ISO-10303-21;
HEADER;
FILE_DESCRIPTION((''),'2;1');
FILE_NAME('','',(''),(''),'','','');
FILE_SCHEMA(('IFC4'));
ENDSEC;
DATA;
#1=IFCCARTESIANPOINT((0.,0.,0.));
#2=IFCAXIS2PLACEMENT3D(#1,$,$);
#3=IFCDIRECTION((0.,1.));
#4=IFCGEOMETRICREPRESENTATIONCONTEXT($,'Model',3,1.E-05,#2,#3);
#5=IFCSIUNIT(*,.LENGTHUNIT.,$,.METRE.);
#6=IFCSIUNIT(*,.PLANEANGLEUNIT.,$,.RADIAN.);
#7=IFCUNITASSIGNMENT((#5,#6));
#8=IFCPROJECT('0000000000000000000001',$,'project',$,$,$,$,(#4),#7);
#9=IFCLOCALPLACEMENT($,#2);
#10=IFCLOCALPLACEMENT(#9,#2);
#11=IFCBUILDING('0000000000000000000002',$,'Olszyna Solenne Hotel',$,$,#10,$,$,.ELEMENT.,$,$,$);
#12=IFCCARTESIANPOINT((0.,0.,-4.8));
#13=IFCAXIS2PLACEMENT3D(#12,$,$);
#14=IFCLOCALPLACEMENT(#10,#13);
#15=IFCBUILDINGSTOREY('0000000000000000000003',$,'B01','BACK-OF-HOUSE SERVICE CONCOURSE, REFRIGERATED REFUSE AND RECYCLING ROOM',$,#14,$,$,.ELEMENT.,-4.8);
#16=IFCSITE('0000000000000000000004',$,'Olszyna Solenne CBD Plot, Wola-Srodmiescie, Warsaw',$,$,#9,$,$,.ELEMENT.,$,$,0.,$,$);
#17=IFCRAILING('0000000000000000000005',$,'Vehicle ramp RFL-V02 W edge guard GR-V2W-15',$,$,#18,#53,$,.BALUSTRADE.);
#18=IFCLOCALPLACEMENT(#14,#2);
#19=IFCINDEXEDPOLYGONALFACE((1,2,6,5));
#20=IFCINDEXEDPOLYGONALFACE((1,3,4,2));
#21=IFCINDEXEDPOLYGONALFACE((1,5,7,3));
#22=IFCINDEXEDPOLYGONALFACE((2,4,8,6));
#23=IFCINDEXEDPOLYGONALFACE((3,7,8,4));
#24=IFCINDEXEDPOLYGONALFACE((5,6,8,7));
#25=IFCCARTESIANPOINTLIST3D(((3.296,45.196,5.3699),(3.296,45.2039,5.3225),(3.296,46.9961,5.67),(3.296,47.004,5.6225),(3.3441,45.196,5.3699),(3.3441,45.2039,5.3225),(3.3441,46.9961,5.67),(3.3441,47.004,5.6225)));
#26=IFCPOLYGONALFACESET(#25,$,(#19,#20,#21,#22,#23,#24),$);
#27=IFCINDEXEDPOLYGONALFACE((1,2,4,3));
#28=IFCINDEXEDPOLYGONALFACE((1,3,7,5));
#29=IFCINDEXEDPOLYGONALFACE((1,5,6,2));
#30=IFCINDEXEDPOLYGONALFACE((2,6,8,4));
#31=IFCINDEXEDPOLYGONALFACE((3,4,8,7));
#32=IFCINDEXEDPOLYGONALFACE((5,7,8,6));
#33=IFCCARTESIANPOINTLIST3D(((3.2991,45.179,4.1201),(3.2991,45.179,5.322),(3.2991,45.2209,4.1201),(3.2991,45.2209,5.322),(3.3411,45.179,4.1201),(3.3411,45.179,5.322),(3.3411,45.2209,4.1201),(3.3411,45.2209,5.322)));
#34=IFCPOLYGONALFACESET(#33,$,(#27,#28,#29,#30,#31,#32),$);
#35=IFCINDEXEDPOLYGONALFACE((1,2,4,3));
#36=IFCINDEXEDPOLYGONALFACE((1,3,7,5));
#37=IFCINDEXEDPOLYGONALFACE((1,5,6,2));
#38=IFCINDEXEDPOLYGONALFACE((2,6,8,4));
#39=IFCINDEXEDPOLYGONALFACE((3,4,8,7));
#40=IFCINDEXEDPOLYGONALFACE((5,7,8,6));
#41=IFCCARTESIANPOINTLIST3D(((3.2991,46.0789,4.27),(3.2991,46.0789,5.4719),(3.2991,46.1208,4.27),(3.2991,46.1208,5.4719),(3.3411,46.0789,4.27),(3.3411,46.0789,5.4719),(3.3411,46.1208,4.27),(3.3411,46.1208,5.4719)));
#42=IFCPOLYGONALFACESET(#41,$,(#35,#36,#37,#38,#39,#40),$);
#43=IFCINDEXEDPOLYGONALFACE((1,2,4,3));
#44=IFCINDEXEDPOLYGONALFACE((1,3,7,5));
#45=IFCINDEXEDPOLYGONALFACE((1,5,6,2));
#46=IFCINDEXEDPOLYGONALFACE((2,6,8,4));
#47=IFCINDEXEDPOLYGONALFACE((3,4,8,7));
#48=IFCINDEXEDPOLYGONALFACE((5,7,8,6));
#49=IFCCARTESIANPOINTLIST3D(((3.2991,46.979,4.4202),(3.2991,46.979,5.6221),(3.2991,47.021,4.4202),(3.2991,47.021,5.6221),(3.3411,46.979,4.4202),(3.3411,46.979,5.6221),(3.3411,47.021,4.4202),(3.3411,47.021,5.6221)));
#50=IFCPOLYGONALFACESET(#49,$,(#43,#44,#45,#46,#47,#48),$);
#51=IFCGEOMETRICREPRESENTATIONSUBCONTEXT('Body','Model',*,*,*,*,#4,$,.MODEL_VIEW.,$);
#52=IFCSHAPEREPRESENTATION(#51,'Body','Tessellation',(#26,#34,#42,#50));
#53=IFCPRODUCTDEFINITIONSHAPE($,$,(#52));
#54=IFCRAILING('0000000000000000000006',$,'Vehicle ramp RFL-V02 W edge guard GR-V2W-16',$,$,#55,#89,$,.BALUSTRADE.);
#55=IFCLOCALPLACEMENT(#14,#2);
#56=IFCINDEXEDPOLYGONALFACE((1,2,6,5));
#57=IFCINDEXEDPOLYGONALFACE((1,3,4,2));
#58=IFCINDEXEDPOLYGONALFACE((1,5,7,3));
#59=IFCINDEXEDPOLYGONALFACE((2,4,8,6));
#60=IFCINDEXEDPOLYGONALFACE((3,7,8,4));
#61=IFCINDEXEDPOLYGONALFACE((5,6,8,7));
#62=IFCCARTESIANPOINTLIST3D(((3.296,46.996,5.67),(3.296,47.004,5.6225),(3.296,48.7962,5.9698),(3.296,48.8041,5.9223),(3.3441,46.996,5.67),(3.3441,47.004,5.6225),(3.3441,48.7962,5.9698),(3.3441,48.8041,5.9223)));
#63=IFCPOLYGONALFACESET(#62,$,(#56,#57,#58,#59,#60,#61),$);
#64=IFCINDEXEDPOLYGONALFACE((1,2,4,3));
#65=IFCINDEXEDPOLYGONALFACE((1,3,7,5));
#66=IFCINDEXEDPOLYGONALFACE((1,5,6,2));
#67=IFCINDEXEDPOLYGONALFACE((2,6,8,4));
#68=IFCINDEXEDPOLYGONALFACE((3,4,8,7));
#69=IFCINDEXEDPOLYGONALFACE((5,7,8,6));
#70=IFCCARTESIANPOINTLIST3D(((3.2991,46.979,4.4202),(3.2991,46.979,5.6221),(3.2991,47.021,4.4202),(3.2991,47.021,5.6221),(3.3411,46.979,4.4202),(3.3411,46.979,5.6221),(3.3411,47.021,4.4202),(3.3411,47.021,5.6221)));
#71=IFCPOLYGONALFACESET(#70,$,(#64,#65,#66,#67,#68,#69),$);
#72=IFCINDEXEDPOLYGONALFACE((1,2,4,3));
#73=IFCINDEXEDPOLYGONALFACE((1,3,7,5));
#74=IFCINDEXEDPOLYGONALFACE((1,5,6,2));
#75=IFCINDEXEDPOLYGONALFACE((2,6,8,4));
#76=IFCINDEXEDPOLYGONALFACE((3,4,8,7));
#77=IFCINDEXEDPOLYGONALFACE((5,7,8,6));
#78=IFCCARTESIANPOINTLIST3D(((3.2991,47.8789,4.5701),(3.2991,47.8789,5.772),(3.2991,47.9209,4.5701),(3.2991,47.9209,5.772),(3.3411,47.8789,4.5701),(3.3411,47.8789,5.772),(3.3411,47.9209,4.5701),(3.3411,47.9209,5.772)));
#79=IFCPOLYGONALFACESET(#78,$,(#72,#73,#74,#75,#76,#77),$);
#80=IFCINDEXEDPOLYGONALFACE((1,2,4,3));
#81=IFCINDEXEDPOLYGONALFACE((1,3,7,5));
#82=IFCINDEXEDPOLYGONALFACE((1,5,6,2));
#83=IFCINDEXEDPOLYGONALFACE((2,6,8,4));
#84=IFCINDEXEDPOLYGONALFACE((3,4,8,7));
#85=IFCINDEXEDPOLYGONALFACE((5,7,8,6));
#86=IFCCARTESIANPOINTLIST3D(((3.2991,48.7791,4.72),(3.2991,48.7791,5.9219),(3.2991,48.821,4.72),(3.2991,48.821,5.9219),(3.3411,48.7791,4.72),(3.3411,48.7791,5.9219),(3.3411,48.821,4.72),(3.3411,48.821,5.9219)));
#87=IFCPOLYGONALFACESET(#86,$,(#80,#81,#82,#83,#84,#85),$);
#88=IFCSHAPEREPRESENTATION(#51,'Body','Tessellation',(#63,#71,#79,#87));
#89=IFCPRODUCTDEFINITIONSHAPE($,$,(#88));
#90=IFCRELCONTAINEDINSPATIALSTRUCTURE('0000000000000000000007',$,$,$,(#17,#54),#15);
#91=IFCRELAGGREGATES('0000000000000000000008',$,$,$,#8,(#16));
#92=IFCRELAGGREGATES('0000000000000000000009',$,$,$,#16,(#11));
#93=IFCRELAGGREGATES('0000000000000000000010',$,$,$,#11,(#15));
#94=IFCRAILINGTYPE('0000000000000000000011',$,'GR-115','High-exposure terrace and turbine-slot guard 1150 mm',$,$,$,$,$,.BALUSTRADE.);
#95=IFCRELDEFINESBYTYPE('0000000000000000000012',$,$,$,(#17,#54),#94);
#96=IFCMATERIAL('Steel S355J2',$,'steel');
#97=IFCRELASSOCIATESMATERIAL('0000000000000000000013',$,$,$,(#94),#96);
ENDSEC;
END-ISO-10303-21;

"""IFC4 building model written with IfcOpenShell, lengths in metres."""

from ifc_helpers import new_model, si_unit, direction, frame, origin, origin_2d, place, context, subcontext, project, spatial, rectangle, extrude, material, type_object, element, save


model = new_model("IFC4")

# Units and contexts
model_context = context("Model", 3, precision=1e-05, world=origin(), true_north=direction((0.0, 1.0)))
body_context = subcontext(model_context, "Body", "Model", "MODEL_VIEW")
ifc_project = project(units=[si_unit("LENGTHUNIT", "METRE"), si_unit("PLANEANGLEUNIT", "RADIAN")], contexts=[model_context])

# Site, building, storey
site_placement = place(None, origin())
site = spatial("IfcSite", under=ifc_project, at=site_placement, Name="Olszyna Solenne CBD Plot, Wola-Srodmiescie, Warsaw", CompositionType="ELEMENT", RefElevation=0.0)
building_placement = place(site_placement, origin())
building = spatial("IfcBuilding", under=site, at=building_placement, Name="Olszyna Solenne Hotel", CompositionType="ELEMENT")
storey_placement = place(building_placement, frame((0.0, 0.0, -4.8)))
storey = spatial("IfcBuildingStorey", under=building, at=storey_placement, Name="B01", Description="BACK-OF-HOUSE SERVICE CONCOURSE, REFRIGERATED REFUSE AND RECYCLING ROOM", CompositionType="ELEMENT", Elevation=-4.8)

# Shared definitions
ifc_material_1 = material(Name="Steel S355J2", Category="steel")

# Railings
railing_type = type_object("IfcRailingType", Name="GR-115", Description="High-exposure terrace and turbine-slot guard 1150 mm", PredefinedType="BALUSTRADE", material=ifc_material_1)
for number, where, name in (
    (1, (3.3201, 45.2, 4.1201), "Vehicle ramp RFL-V02 W edge guard GR-V2W-15"),
):
    element("IfcRailing", number, at=place(storey_placement, frame(where)), inside=storey, type_object=railing_type, Name=name, PredefinedType="BALUSTRADE", context=body_context, shape_type="SweptSolid", body=[
        extrude(rectangle(XDim=0.0481, YDim=0.0481, at=origin_2d()), frame((0.0, 0.0, 1.2261), z_axis=(0.0, 0.98639, 0.164421), x_axis=(-1.0, 0.0, 0.0)), (0.0, 0.0, 1.0), 1.825),
        extrude(rectangle(XDim=0.042, YDim=0.042, at=origin_2d()), origin(), (0.0, 0.0, 1.0), 1.2019),
        extrude(rectangle(XDim=0.042, YDim=0.042, at=origin_2d()), frame((0.0, 0.8999, 0.1499)), (0.0, 0.0, 1.0), 1.2019),
        extrude(rectangle(XDim=0.042, YDim=0.042, at=origin_2d()), frame((0.0, 1.8, 0.3)), (0.0, 0.0, 1.0), 1.2019),
    ])
railing_1_placement = place(storey_placement, frame((3.3201, 47.0, 4.4202)))
element("IfcRailing", 2, at=railing_1_placement, inside=storey, type_object=railing_type, Name="Vehicle ramp RFL-V02 W edge guard GR-V2W-16", PredefinedType="BALUSTRADE", context=body_context, shape_type="SweptSolid", body=[
    extrude(rectangle(XDim=0.0481, YDim=0.0481, at=origin_2d()), frame((0.0, 0.0, 1.2261), z_axis=(0.0, 0.986412, 0.164291), x_axis=(-1.0, 0.0, 0.0)), (0.0, 0.0, 1.0), 1.825),
    extrude(rectangle(XDim=0.042, YDim=0.042, at=origin_2d()), origin(), (0.0, 0.0, 1.0), 1.2019),
    extrude(rectangle(XDim=0.042, YDim=0.042, at=origin_2d()), frame((0.0, 0.8999, 0.1499)), (0.0, 0.0, 1.0), 1.2019),
    extrude(rectangle(XDim=0.042, YDim=0.042, at=origin_2d()), frame((0.0, 1.8, 0.2998)), (0.0, 0.0, 1.0), 1.2019),
])

save(model, "model.ifc")
